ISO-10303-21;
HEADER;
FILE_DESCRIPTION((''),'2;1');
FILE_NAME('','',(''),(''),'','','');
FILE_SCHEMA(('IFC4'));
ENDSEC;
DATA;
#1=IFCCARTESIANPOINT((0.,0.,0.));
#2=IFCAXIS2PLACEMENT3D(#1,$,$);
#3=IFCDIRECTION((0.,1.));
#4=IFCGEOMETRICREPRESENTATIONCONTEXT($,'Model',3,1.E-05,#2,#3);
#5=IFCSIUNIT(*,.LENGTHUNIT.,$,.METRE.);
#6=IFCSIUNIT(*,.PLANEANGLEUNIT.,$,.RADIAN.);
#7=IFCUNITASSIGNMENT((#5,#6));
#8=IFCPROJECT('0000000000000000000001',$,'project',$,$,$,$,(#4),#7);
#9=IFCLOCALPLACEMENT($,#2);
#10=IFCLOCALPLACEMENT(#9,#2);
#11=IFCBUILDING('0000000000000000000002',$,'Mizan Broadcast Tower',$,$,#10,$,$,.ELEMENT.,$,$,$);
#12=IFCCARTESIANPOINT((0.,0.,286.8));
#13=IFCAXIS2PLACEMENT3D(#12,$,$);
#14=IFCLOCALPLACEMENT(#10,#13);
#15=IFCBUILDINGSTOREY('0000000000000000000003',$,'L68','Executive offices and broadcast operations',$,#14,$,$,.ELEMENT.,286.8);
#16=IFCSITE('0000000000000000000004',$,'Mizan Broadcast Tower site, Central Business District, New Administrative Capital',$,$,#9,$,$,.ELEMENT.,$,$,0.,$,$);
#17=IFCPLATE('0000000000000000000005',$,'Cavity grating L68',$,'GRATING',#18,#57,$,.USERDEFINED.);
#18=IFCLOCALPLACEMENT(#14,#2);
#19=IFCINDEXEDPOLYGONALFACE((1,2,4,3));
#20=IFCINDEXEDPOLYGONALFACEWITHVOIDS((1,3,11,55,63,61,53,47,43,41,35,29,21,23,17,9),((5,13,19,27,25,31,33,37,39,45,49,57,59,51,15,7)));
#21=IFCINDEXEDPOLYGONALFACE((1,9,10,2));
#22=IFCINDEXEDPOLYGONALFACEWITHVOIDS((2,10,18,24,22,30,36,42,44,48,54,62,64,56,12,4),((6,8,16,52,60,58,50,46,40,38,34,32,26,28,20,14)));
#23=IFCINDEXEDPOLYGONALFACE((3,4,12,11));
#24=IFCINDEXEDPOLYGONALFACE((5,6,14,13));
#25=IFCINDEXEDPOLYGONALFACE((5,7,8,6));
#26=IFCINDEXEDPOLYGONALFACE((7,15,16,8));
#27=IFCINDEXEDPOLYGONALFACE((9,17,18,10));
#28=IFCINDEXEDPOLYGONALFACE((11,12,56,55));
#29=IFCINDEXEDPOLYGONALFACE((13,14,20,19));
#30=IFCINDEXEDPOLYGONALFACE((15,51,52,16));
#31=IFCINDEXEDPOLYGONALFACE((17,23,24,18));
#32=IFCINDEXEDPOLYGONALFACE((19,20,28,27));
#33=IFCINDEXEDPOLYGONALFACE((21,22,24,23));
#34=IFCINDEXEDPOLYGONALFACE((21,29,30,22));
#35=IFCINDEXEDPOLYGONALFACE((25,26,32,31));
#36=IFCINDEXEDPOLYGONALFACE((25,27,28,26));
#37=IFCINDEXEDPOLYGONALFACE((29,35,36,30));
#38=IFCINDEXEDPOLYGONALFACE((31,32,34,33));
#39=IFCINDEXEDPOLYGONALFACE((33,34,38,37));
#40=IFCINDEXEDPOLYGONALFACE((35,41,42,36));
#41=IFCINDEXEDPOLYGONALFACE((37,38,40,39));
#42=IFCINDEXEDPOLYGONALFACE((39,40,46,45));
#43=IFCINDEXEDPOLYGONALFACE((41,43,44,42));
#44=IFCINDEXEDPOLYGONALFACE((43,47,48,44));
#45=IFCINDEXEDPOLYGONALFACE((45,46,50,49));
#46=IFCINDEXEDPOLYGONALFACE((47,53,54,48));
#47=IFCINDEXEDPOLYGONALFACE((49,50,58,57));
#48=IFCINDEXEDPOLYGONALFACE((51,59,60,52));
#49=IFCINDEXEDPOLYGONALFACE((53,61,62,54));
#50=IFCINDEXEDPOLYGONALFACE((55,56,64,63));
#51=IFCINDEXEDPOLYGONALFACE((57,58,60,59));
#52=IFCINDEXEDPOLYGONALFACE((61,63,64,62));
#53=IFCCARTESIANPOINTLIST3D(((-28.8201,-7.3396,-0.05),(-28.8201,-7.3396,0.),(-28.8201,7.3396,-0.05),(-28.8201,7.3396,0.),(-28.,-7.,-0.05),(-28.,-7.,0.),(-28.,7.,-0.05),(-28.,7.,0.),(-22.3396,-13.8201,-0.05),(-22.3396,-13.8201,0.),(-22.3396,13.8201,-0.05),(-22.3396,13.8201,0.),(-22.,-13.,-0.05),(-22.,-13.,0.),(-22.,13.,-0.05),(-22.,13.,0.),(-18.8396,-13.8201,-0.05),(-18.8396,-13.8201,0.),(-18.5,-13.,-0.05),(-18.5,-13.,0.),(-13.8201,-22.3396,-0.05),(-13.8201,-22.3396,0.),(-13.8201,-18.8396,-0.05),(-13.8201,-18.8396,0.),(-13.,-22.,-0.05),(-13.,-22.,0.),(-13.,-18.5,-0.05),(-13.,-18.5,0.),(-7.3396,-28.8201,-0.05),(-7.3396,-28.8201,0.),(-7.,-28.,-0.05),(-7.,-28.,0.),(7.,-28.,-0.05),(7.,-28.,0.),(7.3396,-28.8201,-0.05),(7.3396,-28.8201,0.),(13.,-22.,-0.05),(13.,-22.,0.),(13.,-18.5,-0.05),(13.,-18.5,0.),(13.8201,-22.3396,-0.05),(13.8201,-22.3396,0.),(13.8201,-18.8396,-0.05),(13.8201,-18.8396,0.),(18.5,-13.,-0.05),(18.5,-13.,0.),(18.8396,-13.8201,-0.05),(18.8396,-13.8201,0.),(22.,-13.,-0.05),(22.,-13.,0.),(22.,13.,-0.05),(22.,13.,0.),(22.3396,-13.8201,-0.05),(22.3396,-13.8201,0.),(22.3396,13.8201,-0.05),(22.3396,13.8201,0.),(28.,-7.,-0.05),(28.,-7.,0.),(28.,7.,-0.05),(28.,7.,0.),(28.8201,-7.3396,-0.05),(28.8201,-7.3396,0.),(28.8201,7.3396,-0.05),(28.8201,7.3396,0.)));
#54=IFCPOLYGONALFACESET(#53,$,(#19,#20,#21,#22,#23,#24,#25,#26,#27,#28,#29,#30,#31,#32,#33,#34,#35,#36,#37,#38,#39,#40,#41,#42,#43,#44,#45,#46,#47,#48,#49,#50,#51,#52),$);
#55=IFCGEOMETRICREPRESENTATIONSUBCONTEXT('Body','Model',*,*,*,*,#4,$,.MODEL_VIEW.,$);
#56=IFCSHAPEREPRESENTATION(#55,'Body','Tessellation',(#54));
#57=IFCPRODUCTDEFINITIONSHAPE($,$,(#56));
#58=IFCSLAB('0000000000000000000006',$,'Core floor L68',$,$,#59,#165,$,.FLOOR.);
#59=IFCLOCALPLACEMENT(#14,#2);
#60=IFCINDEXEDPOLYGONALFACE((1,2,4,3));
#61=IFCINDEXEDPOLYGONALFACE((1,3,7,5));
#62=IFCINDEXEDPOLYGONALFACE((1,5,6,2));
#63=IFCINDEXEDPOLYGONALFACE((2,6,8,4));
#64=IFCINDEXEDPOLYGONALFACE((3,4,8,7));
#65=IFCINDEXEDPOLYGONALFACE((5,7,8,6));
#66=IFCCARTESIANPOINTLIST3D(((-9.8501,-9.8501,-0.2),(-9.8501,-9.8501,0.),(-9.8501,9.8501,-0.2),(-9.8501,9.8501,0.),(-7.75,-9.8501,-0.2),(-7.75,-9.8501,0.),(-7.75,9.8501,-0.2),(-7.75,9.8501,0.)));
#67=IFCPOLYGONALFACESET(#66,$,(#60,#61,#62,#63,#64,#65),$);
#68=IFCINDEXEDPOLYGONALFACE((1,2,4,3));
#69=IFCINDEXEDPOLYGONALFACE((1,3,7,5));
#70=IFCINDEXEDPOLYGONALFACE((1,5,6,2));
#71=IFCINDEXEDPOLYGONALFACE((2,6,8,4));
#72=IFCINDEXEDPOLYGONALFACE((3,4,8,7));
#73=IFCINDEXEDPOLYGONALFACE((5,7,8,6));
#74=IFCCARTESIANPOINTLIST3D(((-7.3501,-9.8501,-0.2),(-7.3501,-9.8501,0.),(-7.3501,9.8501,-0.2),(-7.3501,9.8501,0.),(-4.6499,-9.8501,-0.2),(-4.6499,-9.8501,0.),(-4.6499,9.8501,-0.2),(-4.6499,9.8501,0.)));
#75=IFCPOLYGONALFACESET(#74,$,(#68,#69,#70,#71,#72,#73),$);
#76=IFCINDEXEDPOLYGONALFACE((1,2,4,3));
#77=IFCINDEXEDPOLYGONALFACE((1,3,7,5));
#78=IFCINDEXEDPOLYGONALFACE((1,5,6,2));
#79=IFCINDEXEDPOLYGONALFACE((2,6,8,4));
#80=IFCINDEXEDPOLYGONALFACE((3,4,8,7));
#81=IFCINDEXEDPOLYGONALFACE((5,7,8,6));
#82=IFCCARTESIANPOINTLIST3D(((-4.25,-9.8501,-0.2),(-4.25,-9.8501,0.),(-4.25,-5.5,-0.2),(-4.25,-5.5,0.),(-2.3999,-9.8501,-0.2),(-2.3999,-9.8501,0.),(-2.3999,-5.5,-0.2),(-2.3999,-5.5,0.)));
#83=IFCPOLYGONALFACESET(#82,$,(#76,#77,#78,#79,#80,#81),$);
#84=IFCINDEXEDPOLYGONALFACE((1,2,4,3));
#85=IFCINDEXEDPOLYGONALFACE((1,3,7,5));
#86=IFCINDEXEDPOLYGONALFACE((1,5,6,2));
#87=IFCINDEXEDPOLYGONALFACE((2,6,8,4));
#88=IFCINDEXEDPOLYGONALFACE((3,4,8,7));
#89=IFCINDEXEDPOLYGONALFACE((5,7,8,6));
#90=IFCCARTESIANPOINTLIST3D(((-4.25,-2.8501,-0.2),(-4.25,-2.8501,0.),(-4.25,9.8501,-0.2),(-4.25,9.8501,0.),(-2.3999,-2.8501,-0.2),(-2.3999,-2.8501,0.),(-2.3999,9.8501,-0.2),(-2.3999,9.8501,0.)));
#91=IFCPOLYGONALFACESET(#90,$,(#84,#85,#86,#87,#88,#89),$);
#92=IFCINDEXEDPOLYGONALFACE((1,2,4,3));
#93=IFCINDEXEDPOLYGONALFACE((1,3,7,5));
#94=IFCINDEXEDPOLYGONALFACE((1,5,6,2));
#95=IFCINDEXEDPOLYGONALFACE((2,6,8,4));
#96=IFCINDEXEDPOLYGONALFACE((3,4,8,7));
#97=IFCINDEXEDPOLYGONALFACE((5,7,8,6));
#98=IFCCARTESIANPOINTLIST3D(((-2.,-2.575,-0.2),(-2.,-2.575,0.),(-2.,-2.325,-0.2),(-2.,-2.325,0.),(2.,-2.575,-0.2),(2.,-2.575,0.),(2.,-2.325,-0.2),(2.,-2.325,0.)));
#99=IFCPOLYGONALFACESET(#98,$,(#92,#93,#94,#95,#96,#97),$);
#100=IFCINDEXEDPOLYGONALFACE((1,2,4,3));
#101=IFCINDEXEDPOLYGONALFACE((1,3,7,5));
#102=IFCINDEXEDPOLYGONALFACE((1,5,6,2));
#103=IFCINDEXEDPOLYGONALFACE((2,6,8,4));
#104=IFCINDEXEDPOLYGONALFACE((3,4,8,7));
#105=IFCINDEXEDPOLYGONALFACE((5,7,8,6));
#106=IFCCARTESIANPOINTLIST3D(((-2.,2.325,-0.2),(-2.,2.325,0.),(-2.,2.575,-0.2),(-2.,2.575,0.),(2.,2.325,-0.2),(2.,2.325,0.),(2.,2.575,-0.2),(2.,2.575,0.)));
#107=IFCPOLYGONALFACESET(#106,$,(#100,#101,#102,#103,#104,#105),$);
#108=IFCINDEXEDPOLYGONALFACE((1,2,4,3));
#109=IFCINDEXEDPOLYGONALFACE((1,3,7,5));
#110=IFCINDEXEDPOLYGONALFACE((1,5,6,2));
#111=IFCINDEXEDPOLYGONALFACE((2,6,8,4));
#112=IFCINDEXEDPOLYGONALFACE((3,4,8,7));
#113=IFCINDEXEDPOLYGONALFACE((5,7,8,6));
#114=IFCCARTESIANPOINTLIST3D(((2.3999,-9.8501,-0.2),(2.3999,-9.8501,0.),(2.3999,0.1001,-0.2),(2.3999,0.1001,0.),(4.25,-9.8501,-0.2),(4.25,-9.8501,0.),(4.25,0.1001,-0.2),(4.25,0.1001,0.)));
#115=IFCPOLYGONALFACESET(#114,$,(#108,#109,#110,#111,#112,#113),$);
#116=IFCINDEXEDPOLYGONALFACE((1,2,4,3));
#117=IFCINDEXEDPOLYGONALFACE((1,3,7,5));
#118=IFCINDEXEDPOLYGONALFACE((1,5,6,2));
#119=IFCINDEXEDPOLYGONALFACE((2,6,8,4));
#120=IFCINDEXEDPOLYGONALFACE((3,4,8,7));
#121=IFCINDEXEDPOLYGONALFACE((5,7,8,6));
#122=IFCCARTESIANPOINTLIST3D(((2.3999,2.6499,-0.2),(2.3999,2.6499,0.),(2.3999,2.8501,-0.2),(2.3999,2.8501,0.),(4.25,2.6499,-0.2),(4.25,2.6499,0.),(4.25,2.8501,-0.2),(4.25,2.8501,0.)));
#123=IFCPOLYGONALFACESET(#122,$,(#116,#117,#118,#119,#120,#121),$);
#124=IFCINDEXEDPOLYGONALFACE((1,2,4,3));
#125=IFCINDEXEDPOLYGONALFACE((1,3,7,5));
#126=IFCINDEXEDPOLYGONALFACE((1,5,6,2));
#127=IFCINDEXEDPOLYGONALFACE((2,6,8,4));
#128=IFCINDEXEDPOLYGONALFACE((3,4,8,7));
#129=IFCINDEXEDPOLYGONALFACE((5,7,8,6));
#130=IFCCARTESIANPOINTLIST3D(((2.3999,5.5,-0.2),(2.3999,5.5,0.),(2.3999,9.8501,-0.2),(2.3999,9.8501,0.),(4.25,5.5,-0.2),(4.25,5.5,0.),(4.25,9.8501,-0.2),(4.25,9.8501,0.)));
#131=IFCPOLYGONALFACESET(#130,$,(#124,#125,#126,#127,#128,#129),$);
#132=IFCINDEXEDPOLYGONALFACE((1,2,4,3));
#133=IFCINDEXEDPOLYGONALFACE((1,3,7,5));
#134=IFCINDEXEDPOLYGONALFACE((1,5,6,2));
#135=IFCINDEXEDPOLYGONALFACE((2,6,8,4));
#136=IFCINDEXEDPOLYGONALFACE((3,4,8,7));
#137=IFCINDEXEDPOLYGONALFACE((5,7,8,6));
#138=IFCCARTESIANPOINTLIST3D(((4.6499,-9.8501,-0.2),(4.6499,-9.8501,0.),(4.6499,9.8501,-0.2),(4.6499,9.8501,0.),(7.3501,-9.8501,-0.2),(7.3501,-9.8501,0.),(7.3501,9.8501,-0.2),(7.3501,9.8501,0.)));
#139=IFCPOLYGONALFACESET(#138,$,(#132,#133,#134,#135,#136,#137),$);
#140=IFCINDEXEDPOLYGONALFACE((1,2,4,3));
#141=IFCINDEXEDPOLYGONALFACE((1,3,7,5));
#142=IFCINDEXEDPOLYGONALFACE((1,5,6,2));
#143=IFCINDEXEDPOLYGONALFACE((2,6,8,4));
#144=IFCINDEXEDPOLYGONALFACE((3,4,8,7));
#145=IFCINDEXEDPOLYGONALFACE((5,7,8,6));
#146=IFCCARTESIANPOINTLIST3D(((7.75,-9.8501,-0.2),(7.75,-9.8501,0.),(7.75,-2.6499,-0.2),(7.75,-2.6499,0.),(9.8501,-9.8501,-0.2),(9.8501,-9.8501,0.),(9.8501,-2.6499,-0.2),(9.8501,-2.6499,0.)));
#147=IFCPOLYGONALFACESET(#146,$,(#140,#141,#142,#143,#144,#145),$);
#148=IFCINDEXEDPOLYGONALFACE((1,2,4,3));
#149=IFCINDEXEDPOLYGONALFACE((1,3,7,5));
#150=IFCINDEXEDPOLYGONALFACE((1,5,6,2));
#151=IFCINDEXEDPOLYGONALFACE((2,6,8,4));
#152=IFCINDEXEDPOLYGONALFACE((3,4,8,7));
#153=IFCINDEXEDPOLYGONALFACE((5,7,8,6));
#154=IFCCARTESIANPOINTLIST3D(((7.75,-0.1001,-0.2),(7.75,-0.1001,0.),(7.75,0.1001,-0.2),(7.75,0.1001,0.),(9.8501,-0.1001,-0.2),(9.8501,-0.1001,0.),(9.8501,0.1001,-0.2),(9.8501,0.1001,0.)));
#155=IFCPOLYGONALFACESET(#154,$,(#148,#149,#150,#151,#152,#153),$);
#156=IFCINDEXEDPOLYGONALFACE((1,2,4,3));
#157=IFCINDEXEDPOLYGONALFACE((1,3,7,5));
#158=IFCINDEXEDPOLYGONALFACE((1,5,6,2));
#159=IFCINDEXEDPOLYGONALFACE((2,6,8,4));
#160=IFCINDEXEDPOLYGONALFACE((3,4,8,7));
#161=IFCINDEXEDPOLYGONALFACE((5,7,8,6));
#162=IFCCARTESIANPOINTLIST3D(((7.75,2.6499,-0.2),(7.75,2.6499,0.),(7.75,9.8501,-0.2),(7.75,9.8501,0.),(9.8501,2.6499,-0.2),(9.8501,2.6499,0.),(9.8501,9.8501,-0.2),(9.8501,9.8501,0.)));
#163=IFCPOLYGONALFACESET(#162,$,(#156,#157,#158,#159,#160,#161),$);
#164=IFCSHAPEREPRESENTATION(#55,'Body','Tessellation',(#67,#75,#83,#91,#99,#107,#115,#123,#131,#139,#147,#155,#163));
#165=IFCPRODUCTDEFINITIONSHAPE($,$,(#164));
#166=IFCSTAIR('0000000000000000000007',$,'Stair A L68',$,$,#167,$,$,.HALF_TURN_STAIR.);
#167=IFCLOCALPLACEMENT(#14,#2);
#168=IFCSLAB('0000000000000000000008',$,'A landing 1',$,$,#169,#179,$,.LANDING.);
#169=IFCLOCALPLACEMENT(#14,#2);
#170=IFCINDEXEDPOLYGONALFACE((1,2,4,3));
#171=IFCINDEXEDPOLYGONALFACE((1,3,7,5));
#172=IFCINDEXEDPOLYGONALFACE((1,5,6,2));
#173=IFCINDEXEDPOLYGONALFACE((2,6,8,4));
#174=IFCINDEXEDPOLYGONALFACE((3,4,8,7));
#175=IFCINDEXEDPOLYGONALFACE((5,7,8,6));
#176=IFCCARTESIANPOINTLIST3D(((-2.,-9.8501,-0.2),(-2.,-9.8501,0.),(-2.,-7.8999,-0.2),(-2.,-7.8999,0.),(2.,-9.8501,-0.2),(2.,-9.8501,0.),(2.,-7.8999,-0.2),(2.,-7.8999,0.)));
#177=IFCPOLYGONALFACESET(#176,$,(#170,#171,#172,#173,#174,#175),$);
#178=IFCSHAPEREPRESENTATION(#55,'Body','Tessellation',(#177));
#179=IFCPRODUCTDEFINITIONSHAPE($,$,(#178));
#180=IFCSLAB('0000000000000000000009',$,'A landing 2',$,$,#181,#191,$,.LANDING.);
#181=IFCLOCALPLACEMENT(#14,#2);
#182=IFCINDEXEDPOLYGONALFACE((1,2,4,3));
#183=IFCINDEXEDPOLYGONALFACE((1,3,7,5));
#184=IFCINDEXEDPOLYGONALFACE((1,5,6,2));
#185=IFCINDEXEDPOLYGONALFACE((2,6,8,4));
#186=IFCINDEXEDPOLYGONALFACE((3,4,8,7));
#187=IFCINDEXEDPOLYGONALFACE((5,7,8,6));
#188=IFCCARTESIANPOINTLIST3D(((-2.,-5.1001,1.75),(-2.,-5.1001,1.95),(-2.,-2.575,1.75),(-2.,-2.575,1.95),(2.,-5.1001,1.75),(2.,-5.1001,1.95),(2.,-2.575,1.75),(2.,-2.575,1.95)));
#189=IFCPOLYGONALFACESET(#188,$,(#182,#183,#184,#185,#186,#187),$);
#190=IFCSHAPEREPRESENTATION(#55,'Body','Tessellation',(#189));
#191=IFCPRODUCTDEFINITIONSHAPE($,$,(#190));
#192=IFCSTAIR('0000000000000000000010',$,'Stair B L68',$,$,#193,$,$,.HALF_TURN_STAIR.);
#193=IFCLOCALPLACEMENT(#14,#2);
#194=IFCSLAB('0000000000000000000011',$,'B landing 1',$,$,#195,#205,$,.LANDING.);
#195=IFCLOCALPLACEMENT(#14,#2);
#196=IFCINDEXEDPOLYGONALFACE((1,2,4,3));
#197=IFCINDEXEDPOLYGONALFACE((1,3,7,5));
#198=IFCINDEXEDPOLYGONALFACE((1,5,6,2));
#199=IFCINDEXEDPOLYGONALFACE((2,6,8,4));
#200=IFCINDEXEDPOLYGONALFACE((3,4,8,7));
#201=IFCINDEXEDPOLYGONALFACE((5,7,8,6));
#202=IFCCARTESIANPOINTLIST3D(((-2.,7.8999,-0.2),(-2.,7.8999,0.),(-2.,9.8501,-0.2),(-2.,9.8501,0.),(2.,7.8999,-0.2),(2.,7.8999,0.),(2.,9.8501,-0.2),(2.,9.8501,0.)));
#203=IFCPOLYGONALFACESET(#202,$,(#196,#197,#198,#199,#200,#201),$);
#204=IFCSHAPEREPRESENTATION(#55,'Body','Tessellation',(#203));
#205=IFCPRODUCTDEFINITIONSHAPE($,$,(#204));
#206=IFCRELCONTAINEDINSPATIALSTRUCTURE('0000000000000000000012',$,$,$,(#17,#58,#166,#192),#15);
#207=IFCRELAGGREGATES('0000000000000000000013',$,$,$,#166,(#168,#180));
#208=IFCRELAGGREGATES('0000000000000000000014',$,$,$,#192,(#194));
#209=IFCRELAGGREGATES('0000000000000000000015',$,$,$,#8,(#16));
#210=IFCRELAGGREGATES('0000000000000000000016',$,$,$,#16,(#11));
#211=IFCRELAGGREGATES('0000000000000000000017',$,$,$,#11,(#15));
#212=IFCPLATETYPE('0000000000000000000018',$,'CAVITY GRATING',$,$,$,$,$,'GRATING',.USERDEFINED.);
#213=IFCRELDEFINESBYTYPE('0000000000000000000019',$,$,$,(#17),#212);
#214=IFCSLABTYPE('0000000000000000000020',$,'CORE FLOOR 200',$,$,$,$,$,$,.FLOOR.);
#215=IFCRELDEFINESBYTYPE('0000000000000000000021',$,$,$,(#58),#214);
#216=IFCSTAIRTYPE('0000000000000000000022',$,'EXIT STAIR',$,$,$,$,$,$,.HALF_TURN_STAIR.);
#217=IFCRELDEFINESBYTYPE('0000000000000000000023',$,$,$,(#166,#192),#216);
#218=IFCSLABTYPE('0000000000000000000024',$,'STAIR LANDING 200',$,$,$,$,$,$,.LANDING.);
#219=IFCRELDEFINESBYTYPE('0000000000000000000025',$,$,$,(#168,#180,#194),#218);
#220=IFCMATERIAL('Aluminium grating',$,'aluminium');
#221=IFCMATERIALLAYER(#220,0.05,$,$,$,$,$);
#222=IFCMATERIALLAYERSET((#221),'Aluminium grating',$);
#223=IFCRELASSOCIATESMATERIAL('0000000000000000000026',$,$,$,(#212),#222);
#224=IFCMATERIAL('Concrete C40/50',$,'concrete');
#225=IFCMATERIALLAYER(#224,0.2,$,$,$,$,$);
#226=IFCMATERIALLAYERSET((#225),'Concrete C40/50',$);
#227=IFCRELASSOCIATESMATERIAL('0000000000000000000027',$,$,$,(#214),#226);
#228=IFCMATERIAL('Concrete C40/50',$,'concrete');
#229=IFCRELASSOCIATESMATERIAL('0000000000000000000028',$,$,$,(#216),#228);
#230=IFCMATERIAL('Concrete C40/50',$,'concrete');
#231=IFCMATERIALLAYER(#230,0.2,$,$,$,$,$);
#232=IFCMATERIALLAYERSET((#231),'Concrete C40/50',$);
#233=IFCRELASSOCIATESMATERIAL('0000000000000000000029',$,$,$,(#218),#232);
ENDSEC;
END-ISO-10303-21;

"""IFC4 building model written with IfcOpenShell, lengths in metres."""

from ifc_helpers import new_model, si_unit, direction, frame, origin, place, context, subcontext, project, spatial, polyline, outline, extrude, material, layer, layer_set, type_object, element, aggregate, save


model = new_model("IFC4")

# Units and contexts
model_context = context("Model", 3, precision=1e-05, world=origin(), true_north=direction((0.0, 1.0)))
body_context = subcontext(model_context, "Body", "Model", "MODEL_VIEW")
ifc_project = project(units=[si_unit("LENGTHUNIT", "METRE"), si_unit("PLANEANGLEUNIT", "RADIAN")], contexts=[model_context])

# Site, building, storey
site_placement = place(None, origin())
site = spatial("IfcSite", under=ifc_project, at=site_placement, Name="Mizan Broadcast Tower site, Central Business District, New Administrative Capital", CompositionType="ELEMENT", RefElevation=0.0)
building_placement = place(site_placement, origin())
building = spatial("IfcBuilding", under=site, at=building_placement, Name="Mizan Broadcast Tower", CompositionType="ELEMENT")
storey_placement = place(building_placement, frame((0.0, 0.0, 286.8)))
storey = spatial("IfcBuildingStorey", under=building, at=storey_placement, Name="L68", Description="Executive offices and broadcast operations", CompositionType="ELEMENT", Elevation=286.8)

# Plate
ifc_material_1 = material(Name="Aluminium grating", Category="aluminium")
ifc_layer_1 = layer(ifc_material_1, 0.05)
ifc_layer_set_1 = layer_set([ifc_layer_1], Name="Aluminium grating")
plate_type = type_object("IfcPlateType", Name="CAVITY GRATING", ElementType="GRATING", PredefinedType="USERDEFINED", material=ifc_layer_set_1)
plate_placement = place(storey_placement, frame((0.0, 0.0, -0.05)))
element("IfcPlate", 1, at=plate_placement, inside=storey, type_object=plate_type, Name="Cavity grating L68", ObjectType="GRATING", PredefinedType="USERDEFINED", context=body_context, shape_type="SweptSolid", body=[
    extrude(outline(polyline([(-22.3396, 13.8201), (-28.8201, 7.3396), (-28.8201, -7.3396), (-22.3396, -13.8201), (-18.8396, -13.8201), (-13.8201, -18.8396), (-13.8201, -22.3396), (-7.3396, -28.8201), (7.3396, -28.8201), (13.8201, -22.3396), (13.8201, -18.8396), (18.8396, -13.8201), (22.3396, -13.8201), (28.8201, -7.3396), (28.8201, 7.3396), (22.3396, 13.8201), (-22.3396, 13.8201)]), holes=[polyline([(-18.5, -13.0), (-22.0, -13.0), (-28.0, -7.0), (-28.0, 7.0), (-22.0, 13.0), (22.0, 13.0), (28.0, 7.0), (28.0, -7.0), (22.0, -13.0), (18.5, -13.0), (13.0, -18.5), (13.0, -22.0), (7.0, -28.0), (-7.0, -28.0), (-13.0, -22.0), (-13.0, -18.5), (-18.5, -13.0)])]), origin(), (0.0, 0.0, 1.0), 0.05),
])

# Slab
ifc_material_2 = material(Name="Concrete C40/50", Category="concrete")
ifc_layer_2 = layer(ifc_material_2, 0.2)
ifc_layer_set_2 = layer_set([ifc_layer_2], Name="Concrete C40/50")
slab_type_1 = type_object("IfcSlabType", Name="CORE FLOOR 200", PredefinedType="FLOOR", material=ifc_layer_set_2)
slab_1_placement = place(storey_placement, frame((0.0, 0.0, -0.2)))
element("IfcSlab", 2, at=slab_1_placement, inside=storey, type_object=slab_type_1, Name="Core floor L68", PredefinedType="FLOOR", context=body_context, shape_type="SweptSolid", body=[
    extrude(outline(polyline([(-9.8501, -9.8501), (-7.75, -9.8501), (-7.75, 9.8501), (-9.8501, 9.8501), (-9.8501, -9.8501)])), origin(), (0.0, 0.0, 1.0), 0.2),
    extrude(outline(polyline([(-4.6499, 9.8501), (-7.3501, 9.8501), (-7.3501, -9.8501), (-4.6499, -9.8501), (-4.6499, 9.8501)])), origin(), (0.0, 0.0, 1.0), 0.2),
    extrude(outline(polyline([(-4.25, -5.5), (-4.25, -9.8501), (-2.3999, -9.8501), (-2.3999, -5.5), (-4.25, -5.5)])), origin(), (0.0, 0.0, 1.0), 0.2),
    extrude(outline(polyline([(-4.25, -2.8501), (-2.3999, -2.8501), (-2.3999, 9.8501), (-4.25, 9.8501), (-4.25, -2.8501)])), origin(), (0.0, 0.0, 1.0), 0.2),
    extrude(outline(polyline([(2.0, -2.325), (-2.0, -2.325), (-2.0, -2.575), (2.0, -2.575), (2.0, -2.325)])), origin(), (0.0, 0.0, 1.0), 0.2),
    extrude(outline(polyline([(2.0, 2.575), (-2.0, 2.575), (-2.0, 2.325), (2.0, 2.325), (2.0, 2.575)])), origin(), (0.0, 0.0, 1.0), 0.2),
    extrude(outline(polyline([(4.25, -9.8501), (4.25, 0.1001), (2.3999, 0.1001), (2.3999, -9.8501), (4.25, -9.8501)])), origin(), (0.0, 0.0, 1.0), 0.2),
    extrude(outline(polyline([(4.25, 2.6499), (4.25, 2.8501), (2.3999, 2.8501), (2.3999, 2.6499), (4.25, 2.6499)])), origin(), (0.0, 0.0, 1.0), 0.2),
    extrude(outline(polyline([(4.25, 5.5), (4.25, 9.8501), (2.3999, 9.8501), (2.3999, 5.5), (4.25, 5.5)])), origin(), (0.0, 0.0, 1.0), 0.2),
    extrude(outline(polyline([(4.6499, 9.8501), (4.6499, -9.8501), (7.3501, -9.8501), (7.3501, 9.8501), (4.6499, 9.8501)])), origin(), (0.0, 0.0, 1.0), 0.2),
    extrude(outline(polyline([(9.8501, -9.8501), (9.8501, -2.6499), (7.75, -2.6499), (7.75, -9.8501), (9.8501, -9.8501)])), origin(), (0.0, 0.0, 1.0), 0.2),
    extrude(outline(polyline([(9.8501, -0.1001), (9.8501, 0.1001), (7.75, 0.1001), (7.75, -0.1001), (9.8501, -0.1001)])), origin(), (0.0, 0.0, 1.0), 0.2),
    extrude(outline(polyline([(7.75, 9.8501), (7.75, 2.6499), (9.8501, 2.6499), (9.8501, 9.8501), (7.75, 9.8501)])), origin(), (0.0, 0.0, 1.0), 0.2),
])

# Stairs, slabs
ifc_material_3 = material(Name="Concrete C40/50", Category="concrete")
stair_type = type_object("IfcStairType", Name="EXIT STAIR", PredefinedType="HALF_TURN_STAIR", material=ifc_material_3)
stair_1_placement = place(storey_placement, origin())
stair_1 = element("IfcStair", 3, at=stair_1_placement, inside=storey, type_object=stair_type, Name="Stair A L68", PredefinedType="HALF_TURN_STAIR")
ifc_material_4 = material(Name="Concrete C40/50", Category="concrete")
ifc_layer_3 = layer(ifc_material_4, 0.2)
ifc_layer_set_3 = layer_set([ifc_layer_3], Name="Concrete C40/50")
slab_type_2 = type_object("IfcSlabType", Name="STAIR LANDING 200", PredefinedType="LANDING", material=ifc_layer_set_3)
slab_2_placement = place(storey_placement, frame((0.0, 0.0, -0.2)))
slab_2 = element("IfcSlab", 4, at=slab_2_placement, type_object=slab_type_2, Name="A landing 1", PredefinedType="LANDING", context=body_context, shape_type="SweptSolid", body=[
    extrude(outline(polyline([(-2.0, -9.8501), (-2.0, -7.8999), (2.0, -7.8999), (2.0, -9.8501), (-2.0, -9.8501)])), origin(), (0.0, 0.0, 1.0), 0.2),
])
slab_3_placement = place(storey_placement, frame((0.0, 0.0, 1.75)))
slab_3 = element("IfcSlab", 5, at=slab_3_placement, type_object=slab_type_2, Name="A landing 2", PredefinedType="LANDING", context=body_context, shape_type="SweptSolid", body=[
    extrude(outline(polyline([(-2.0, -5.1001), (-2.0, -2.575), (2.0, -2.575), (2.0, -5.1001), (-2.0, -5.1001)])), origin(), (0.0, 0.0, 1.0), 0.2),
])
aggregate(stair_1, [slab_2, slab_3])
stair_2_placement = place(storey_placement, origin())
stair_2 = element("IfcStair", 6, at=stair_2_placement, inside=storey, type_object=stair_type, Name="Stair B L68", PredefinedType="HALF_TURN_STAIR")
slab_4_placement = place(storey_placement, frame((0.0, 0.0, -0.2)))
slab_4 = element("IfcSlab", 7, at=slab_4_placement, type_object=slab_type_2, Name="B landing 1", PredefinedType="LANDING", context=body_context, shape_type="SweptSolid", body=[
    extrude(outline(polyline([(2.0, 9.8501), (2.0, 7.8999), (-2.0, 7.8999), (-2.0, 9.8501), (2.0, 9.8501)])), origin(), (0.0, 0.0, 1.0), 0.2),
])

aggregate(stair_2, [slab_4])

save(model, "model.ifc")
